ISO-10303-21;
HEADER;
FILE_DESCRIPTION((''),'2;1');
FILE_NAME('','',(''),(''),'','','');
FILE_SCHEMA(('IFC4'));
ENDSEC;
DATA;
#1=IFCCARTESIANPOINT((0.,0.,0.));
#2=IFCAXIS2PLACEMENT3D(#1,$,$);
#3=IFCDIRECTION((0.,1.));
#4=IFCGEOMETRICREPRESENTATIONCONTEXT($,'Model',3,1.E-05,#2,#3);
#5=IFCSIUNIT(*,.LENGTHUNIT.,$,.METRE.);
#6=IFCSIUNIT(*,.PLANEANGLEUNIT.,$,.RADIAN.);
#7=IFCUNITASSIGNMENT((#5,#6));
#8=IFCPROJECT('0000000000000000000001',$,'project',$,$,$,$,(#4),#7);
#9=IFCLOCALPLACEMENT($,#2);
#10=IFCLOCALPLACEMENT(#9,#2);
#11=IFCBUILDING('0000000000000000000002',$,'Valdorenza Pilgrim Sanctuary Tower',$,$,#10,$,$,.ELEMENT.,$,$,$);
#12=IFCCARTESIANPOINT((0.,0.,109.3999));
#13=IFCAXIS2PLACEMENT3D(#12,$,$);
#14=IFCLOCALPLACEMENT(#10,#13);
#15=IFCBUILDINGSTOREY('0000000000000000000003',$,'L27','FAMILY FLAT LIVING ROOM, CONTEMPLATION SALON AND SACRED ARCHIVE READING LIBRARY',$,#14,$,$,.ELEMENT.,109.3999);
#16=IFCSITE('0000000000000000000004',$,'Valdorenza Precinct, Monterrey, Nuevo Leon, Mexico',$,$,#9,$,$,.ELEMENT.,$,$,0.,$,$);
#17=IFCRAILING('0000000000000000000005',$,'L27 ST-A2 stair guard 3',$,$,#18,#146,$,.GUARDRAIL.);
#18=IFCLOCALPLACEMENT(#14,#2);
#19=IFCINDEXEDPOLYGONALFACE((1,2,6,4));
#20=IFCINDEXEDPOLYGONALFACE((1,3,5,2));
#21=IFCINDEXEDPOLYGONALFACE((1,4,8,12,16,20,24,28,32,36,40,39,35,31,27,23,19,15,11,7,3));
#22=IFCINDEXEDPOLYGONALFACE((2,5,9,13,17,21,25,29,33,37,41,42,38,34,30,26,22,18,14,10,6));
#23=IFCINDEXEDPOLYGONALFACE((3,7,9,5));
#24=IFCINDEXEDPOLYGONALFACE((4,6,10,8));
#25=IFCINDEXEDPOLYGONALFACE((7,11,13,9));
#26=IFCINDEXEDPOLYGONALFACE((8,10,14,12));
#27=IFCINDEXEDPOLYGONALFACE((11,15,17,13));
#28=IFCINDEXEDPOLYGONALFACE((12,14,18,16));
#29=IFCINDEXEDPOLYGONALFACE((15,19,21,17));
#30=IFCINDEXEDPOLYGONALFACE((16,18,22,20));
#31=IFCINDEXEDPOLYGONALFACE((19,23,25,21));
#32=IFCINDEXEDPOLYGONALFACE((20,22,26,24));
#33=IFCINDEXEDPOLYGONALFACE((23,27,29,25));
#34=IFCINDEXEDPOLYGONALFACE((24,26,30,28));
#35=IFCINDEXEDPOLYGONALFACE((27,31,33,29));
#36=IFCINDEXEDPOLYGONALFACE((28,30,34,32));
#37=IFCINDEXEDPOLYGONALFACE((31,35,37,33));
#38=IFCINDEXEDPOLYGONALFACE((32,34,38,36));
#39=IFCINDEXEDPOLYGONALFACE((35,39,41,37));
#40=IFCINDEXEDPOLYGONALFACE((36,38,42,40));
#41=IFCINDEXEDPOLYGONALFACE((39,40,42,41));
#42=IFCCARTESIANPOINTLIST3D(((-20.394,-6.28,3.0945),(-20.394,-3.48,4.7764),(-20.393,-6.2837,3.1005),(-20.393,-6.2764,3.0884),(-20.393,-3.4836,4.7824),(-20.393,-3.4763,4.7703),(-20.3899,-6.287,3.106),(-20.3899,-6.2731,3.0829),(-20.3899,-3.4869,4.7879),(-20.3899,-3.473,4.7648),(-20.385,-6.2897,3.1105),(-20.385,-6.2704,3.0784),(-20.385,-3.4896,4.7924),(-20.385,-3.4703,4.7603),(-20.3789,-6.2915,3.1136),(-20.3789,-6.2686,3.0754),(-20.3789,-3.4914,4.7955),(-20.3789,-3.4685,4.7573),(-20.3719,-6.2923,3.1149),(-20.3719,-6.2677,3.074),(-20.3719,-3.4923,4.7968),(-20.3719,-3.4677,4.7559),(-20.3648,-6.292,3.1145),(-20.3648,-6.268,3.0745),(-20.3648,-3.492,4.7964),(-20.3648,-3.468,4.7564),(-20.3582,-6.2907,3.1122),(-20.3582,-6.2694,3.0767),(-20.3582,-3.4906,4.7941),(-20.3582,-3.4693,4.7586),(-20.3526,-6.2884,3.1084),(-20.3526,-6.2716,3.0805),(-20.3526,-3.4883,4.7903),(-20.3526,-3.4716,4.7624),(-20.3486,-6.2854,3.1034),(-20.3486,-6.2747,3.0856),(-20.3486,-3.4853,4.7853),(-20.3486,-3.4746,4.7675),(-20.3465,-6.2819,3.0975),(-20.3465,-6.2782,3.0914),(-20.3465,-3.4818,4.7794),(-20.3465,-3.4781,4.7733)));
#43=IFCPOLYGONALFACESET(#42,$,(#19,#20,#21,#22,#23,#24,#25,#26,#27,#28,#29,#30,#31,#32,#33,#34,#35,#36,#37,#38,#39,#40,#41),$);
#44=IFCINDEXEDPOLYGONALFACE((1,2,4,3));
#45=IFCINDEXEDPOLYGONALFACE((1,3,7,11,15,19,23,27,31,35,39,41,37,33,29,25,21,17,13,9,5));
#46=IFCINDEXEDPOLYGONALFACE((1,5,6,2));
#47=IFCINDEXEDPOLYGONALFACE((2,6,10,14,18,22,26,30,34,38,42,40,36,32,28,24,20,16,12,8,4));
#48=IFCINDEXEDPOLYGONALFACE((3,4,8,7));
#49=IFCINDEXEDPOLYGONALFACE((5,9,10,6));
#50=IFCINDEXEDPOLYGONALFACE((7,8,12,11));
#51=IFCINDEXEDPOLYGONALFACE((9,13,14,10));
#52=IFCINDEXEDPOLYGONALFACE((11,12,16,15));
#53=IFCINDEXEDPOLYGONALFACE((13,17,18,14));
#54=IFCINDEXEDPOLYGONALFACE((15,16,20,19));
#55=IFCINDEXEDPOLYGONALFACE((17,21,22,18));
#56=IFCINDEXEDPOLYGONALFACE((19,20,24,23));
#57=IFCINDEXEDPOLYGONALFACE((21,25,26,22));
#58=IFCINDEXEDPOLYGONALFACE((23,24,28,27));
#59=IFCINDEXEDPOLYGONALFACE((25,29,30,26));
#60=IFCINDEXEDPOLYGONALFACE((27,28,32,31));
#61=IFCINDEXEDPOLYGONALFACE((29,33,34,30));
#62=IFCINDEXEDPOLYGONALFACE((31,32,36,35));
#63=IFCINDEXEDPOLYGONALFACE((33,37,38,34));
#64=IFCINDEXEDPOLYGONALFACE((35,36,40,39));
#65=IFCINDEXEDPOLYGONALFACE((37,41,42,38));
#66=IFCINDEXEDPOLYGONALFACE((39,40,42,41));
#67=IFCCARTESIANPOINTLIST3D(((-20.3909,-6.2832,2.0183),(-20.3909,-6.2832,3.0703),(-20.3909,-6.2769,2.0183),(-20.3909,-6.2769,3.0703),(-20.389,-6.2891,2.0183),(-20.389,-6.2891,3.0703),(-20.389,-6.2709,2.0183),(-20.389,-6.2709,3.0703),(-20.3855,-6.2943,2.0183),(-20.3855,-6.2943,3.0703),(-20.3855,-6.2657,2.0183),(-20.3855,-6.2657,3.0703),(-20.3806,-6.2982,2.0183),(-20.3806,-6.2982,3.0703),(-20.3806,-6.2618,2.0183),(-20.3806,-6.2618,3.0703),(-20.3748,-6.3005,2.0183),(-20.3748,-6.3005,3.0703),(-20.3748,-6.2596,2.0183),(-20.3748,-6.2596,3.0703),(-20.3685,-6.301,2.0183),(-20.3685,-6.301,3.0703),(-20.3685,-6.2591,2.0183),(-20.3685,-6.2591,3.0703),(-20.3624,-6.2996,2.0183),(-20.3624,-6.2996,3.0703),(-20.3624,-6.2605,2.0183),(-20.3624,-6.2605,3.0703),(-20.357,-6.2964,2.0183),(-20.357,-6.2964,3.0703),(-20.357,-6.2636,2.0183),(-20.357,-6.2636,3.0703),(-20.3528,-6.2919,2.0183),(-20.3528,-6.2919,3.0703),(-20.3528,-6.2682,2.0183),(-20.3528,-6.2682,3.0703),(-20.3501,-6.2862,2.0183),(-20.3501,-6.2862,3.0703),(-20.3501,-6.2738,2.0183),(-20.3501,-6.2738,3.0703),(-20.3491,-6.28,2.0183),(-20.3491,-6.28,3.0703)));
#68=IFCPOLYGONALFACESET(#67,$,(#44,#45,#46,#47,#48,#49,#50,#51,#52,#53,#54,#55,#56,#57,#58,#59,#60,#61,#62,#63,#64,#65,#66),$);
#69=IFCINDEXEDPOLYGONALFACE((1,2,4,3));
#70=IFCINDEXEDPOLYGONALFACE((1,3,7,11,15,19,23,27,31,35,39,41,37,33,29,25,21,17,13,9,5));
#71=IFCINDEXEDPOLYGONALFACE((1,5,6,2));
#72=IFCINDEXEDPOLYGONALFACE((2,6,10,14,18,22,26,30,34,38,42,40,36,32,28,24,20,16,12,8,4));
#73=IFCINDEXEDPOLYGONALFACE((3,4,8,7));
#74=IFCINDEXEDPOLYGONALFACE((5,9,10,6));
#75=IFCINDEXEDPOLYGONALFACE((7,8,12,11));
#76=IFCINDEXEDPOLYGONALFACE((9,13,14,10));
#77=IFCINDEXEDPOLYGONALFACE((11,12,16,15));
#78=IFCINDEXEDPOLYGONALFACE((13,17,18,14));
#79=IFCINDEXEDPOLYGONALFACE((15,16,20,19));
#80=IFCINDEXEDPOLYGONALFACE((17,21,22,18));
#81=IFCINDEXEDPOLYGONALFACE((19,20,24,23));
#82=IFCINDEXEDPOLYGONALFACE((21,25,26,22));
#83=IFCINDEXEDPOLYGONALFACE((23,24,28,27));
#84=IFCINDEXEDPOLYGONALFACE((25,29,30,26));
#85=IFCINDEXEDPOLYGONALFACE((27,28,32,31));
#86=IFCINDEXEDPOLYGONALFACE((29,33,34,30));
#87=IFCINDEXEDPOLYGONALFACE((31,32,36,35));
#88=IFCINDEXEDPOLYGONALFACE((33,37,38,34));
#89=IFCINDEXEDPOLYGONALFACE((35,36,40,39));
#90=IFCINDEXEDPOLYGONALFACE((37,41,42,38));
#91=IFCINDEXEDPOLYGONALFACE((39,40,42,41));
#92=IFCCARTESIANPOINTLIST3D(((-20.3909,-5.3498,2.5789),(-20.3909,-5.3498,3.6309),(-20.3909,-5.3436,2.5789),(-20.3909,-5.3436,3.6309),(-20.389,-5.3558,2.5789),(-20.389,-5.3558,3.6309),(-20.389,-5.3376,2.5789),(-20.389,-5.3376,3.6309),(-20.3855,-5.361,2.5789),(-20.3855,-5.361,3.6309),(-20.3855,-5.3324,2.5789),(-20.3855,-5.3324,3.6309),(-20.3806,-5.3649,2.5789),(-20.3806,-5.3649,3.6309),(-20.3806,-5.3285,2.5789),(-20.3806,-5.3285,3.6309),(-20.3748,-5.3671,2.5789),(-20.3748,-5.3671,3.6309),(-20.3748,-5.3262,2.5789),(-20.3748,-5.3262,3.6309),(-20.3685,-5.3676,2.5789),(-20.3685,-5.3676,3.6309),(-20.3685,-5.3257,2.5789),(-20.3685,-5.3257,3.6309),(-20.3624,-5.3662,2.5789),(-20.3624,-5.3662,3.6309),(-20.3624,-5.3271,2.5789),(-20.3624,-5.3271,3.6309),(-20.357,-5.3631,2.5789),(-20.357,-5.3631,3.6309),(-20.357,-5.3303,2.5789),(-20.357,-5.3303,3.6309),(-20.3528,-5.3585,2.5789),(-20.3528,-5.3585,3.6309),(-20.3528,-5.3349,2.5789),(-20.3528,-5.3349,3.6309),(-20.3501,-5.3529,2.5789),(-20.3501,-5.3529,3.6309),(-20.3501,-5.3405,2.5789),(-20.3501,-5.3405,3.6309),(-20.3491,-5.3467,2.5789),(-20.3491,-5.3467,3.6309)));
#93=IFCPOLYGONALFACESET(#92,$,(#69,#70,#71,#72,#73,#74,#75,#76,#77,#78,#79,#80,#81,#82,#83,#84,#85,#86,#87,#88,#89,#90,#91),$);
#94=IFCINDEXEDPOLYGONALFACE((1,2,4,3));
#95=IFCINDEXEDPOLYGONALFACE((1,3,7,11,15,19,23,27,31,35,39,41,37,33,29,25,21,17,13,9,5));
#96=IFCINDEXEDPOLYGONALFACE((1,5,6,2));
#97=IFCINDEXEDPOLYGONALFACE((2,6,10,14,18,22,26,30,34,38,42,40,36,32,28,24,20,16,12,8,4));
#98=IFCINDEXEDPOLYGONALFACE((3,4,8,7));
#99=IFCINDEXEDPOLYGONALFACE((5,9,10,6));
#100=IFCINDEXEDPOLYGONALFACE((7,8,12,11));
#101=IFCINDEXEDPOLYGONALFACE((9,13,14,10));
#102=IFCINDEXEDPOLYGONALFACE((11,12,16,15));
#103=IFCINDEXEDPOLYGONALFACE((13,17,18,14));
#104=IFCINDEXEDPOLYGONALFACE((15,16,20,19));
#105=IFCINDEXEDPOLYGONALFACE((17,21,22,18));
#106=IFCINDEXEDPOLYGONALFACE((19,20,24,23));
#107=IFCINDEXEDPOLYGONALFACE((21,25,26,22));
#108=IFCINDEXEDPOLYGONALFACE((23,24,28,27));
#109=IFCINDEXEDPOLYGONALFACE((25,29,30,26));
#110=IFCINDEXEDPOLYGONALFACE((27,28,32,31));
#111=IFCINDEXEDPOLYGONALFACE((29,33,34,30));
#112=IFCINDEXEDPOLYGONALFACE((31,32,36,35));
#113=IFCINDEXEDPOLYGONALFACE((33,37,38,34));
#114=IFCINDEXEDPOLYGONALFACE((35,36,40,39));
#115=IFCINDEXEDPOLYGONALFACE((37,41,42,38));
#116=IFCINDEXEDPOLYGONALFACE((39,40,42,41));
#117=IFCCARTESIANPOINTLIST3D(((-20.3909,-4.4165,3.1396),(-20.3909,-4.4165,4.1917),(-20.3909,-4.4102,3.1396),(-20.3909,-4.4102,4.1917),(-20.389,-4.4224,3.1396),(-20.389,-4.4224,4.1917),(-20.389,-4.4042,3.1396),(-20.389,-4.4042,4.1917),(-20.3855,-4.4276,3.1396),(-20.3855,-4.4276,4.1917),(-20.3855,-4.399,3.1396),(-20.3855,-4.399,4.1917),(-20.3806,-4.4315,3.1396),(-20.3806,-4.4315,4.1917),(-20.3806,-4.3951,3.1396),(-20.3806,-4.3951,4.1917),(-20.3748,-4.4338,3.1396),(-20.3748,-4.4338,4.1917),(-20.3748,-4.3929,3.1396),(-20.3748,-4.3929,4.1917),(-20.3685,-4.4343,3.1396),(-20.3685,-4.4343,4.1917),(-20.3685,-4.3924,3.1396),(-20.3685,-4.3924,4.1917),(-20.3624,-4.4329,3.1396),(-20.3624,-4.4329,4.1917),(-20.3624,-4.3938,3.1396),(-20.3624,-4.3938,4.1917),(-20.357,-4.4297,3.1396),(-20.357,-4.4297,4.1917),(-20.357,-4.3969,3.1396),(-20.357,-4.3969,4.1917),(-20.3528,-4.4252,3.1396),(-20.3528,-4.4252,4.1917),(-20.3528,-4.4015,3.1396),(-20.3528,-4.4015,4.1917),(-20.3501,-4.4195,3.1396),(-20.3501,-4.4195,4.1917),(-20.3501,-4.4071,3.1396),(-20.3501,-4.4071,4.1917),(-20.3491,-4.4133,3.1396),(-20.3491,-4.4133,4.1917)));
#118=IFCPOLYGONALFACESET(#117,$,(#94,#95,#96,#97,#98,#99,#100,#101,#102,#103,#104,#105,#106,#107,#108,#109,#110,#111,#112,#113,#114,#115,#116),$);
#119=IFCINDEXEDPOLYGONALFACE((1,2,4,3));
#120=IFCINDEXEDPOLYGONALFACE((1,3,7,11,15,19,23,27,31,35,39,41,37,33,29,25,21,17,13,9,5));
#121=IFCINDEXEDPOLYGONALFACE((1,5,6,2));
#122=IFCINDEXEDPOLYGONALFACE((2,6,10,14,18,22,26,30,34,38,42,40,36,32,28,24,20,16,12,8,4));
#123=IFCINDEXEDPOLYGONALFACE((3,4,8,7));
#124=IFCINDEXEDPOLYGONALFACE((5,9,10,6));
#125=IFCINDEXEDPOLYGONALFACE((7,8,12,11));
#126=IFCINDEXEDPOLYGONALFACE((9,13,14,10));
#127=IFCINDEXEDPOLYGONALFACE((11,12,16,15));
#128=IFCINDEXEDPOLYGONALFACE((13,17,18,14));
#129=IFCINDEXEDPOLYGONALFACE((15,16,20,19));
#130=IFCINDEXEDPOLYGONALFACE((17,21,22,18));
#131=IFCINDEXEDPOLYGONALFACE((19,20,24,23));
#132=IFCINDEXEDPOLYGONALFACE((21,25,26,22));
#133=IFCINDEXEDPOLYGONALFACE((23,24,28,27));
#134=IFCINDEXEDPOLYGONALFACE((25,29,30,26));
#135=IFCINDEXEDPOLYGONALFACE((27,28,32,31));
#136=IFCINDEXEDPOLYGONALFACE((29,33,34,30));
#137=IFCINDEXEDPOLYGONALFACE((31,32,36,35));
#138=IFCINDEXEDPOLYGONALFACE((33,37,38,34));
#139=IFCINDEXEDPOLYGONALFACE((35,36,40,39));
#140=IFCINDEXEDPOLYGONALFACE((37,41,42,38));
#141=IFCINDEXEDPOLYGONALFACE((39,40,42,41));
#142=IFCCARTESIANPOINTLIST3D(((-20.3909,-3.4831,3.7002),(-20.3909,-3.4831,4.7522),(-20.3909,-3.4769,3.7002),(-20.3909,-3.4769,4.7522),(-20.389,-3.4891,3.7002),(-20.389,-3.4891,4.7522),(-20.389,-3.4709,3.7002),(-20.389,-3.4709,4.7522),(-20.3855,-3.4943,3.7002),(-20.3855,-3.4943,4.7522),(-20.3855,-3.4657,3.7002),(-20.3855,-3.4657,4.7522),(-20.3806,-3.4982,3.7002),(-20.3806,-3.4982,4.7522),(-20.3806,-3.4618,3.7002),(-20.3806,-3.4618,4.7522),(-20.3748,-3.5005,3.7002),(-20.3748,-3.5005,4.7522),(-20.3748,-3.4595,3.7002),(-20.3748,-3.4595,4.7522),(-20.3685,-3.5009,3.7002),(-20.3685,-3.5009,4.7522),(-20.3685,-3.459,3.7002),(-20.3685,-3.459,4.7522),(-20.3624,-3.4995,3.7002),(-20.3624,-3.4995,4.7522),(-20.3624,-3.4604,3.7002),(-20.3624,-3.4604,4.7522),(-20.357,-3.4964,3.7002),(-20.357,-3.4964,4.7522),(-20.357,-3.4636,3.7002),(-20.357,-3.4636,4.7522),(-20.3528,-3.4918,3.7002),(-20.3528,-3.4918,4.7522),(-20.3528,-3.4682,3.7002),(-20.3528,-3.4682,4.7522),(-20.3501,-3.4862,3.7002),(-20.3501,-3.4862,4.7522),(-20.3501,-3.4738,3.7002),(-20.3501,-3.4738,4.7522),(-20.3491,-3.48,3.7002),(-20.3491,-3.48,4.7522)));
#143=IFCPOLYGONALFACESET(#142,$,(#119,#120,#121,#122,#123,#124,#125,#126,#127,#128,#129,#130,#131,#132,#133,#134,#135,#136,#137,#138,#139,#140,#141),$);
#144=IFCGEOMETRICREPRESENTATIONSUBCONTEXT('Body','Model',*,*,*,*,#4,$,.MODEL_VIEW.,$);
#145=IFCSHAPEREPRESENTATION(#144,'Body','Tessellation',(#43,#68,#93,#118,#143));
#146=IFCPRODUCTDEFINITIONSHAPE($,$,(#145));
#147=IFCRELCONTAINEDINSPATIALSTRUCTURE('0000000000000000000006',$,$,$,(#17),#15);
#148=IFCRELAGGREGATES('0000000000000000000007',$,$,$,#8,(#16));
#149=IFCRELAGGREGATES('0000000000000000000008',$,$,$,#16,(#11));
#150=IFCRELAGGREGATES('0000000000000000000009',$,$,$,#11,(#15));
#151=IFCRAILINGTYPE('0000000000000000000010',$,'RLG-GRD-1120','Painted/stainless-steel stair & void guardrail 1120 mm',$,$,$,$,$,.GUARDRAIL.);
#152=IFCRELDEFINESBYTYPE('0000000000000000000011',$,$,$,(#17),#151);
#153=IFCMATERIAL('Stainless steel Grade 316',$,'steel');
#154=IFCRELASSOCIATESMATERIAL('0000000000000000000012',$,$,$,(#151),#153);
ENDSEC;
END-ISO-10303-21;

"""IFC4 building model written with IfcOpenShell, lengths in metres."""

from ifc_helpers import new_model, si_unit, direction, frame, origin, origin_2d, place, context, subcontext, project, spatial, circle, extrude, material, type_object, element, save


model = new_model("IFC4")

# Units and contexts
model_context = context("Model", 3, precision=1e-05, world=origin(), true_north=direction((0.0, 1.0)))
body_context = subcontext(model_context, "Body", "Model", "MODEL_VIEW")
ifc_project = project(units=[si_unit("LENGTHUNIT", "METRE"), si_unit("PLANEANGLEUNIT", "RADIAN")], contexts=[model_context])

# Site, building, storey
site_placement = place(None, origin())
site = spatial("IfcSite", under=ifc_project, at=site_placement, Name="Valdorenza Precinct, Monterrey, Nuevo Leon, Mexico", CompositionType="ELEMENT", RefElevation=0.0)
building_placement = place(site_placement, origin())
building = spatial("IfcBuilding", under=site, at=building_placement, Name="Valdorenza Pilgrim Sanctuary Tower", CompositionType="ELEMENT")
storey_placement = place(building_placement, frame((0.0, 0.0, 109.3999)))
storey = spatial("IfcBuildingStorey", under=building, at=storey_placement, Name="L27", Description="FAMILY FLAT LIVING ROOM, CONTEMPLATION SALON AND SACRED ARCHIVE READING LIBRARY", CompositionType="ELEMENT", Elevation=109.3999)

# Railing
ifc_material_1 = material(Name="Stainless steel Grade 316", Category="steel")
railing_type_1 = type_object("IfcRailingType", Name="RLG-GRD-1120", Description="Painted/stainless-steel stair & void guardrail 1120 mm", PredefinedType="GUARDRAIL", material=ifc_material_1)
railing_1_placement = place(storey_placement, frame((-20.3701, -6.28, 2.0183)))
element("IfcRailing", 1, at=railing_1_placement, inside=storey, type_object=railing_type_1, Name="L27 ST-A2 stair guard 3", PredefinedType="GUARDRAIL", context=body_context, shape_type="SweptSolid", body=[
    extrude(circle(Radius=0.0239, at=origin_2d()), frame((0.0, 0.0, 1.0762), z_axis=(0.0, 0.857242, 0.514913), x_axis=(-1.0, 0.0, 0.0)), (0.0, 0.0, 1.0), 3.2664),
    extrude(circle(Radius=0.021, at=origin_2d()), origin(), (0.0, 0.0, 1.0), 1.052),
    extrude(circle(Radius=0.021, at=origin_2d()), frame((0.0, 0.9333, 0.5605)), (0.0, 0.0, 1.0), 1.052),
    extrude(circle(Radius=0.021, at=origin_2d()), frame((0.0, 1.8667, 1.1213)), (0.0, 0.0, 1.0), 1.052),
    extrude(circle(Radius=0.021, at=origin_2d()), frame((0.0, 2.8, 1.6819)), (0.0, 0.0, 1.0), 1.052),
])

save(model, "model.ifc")
